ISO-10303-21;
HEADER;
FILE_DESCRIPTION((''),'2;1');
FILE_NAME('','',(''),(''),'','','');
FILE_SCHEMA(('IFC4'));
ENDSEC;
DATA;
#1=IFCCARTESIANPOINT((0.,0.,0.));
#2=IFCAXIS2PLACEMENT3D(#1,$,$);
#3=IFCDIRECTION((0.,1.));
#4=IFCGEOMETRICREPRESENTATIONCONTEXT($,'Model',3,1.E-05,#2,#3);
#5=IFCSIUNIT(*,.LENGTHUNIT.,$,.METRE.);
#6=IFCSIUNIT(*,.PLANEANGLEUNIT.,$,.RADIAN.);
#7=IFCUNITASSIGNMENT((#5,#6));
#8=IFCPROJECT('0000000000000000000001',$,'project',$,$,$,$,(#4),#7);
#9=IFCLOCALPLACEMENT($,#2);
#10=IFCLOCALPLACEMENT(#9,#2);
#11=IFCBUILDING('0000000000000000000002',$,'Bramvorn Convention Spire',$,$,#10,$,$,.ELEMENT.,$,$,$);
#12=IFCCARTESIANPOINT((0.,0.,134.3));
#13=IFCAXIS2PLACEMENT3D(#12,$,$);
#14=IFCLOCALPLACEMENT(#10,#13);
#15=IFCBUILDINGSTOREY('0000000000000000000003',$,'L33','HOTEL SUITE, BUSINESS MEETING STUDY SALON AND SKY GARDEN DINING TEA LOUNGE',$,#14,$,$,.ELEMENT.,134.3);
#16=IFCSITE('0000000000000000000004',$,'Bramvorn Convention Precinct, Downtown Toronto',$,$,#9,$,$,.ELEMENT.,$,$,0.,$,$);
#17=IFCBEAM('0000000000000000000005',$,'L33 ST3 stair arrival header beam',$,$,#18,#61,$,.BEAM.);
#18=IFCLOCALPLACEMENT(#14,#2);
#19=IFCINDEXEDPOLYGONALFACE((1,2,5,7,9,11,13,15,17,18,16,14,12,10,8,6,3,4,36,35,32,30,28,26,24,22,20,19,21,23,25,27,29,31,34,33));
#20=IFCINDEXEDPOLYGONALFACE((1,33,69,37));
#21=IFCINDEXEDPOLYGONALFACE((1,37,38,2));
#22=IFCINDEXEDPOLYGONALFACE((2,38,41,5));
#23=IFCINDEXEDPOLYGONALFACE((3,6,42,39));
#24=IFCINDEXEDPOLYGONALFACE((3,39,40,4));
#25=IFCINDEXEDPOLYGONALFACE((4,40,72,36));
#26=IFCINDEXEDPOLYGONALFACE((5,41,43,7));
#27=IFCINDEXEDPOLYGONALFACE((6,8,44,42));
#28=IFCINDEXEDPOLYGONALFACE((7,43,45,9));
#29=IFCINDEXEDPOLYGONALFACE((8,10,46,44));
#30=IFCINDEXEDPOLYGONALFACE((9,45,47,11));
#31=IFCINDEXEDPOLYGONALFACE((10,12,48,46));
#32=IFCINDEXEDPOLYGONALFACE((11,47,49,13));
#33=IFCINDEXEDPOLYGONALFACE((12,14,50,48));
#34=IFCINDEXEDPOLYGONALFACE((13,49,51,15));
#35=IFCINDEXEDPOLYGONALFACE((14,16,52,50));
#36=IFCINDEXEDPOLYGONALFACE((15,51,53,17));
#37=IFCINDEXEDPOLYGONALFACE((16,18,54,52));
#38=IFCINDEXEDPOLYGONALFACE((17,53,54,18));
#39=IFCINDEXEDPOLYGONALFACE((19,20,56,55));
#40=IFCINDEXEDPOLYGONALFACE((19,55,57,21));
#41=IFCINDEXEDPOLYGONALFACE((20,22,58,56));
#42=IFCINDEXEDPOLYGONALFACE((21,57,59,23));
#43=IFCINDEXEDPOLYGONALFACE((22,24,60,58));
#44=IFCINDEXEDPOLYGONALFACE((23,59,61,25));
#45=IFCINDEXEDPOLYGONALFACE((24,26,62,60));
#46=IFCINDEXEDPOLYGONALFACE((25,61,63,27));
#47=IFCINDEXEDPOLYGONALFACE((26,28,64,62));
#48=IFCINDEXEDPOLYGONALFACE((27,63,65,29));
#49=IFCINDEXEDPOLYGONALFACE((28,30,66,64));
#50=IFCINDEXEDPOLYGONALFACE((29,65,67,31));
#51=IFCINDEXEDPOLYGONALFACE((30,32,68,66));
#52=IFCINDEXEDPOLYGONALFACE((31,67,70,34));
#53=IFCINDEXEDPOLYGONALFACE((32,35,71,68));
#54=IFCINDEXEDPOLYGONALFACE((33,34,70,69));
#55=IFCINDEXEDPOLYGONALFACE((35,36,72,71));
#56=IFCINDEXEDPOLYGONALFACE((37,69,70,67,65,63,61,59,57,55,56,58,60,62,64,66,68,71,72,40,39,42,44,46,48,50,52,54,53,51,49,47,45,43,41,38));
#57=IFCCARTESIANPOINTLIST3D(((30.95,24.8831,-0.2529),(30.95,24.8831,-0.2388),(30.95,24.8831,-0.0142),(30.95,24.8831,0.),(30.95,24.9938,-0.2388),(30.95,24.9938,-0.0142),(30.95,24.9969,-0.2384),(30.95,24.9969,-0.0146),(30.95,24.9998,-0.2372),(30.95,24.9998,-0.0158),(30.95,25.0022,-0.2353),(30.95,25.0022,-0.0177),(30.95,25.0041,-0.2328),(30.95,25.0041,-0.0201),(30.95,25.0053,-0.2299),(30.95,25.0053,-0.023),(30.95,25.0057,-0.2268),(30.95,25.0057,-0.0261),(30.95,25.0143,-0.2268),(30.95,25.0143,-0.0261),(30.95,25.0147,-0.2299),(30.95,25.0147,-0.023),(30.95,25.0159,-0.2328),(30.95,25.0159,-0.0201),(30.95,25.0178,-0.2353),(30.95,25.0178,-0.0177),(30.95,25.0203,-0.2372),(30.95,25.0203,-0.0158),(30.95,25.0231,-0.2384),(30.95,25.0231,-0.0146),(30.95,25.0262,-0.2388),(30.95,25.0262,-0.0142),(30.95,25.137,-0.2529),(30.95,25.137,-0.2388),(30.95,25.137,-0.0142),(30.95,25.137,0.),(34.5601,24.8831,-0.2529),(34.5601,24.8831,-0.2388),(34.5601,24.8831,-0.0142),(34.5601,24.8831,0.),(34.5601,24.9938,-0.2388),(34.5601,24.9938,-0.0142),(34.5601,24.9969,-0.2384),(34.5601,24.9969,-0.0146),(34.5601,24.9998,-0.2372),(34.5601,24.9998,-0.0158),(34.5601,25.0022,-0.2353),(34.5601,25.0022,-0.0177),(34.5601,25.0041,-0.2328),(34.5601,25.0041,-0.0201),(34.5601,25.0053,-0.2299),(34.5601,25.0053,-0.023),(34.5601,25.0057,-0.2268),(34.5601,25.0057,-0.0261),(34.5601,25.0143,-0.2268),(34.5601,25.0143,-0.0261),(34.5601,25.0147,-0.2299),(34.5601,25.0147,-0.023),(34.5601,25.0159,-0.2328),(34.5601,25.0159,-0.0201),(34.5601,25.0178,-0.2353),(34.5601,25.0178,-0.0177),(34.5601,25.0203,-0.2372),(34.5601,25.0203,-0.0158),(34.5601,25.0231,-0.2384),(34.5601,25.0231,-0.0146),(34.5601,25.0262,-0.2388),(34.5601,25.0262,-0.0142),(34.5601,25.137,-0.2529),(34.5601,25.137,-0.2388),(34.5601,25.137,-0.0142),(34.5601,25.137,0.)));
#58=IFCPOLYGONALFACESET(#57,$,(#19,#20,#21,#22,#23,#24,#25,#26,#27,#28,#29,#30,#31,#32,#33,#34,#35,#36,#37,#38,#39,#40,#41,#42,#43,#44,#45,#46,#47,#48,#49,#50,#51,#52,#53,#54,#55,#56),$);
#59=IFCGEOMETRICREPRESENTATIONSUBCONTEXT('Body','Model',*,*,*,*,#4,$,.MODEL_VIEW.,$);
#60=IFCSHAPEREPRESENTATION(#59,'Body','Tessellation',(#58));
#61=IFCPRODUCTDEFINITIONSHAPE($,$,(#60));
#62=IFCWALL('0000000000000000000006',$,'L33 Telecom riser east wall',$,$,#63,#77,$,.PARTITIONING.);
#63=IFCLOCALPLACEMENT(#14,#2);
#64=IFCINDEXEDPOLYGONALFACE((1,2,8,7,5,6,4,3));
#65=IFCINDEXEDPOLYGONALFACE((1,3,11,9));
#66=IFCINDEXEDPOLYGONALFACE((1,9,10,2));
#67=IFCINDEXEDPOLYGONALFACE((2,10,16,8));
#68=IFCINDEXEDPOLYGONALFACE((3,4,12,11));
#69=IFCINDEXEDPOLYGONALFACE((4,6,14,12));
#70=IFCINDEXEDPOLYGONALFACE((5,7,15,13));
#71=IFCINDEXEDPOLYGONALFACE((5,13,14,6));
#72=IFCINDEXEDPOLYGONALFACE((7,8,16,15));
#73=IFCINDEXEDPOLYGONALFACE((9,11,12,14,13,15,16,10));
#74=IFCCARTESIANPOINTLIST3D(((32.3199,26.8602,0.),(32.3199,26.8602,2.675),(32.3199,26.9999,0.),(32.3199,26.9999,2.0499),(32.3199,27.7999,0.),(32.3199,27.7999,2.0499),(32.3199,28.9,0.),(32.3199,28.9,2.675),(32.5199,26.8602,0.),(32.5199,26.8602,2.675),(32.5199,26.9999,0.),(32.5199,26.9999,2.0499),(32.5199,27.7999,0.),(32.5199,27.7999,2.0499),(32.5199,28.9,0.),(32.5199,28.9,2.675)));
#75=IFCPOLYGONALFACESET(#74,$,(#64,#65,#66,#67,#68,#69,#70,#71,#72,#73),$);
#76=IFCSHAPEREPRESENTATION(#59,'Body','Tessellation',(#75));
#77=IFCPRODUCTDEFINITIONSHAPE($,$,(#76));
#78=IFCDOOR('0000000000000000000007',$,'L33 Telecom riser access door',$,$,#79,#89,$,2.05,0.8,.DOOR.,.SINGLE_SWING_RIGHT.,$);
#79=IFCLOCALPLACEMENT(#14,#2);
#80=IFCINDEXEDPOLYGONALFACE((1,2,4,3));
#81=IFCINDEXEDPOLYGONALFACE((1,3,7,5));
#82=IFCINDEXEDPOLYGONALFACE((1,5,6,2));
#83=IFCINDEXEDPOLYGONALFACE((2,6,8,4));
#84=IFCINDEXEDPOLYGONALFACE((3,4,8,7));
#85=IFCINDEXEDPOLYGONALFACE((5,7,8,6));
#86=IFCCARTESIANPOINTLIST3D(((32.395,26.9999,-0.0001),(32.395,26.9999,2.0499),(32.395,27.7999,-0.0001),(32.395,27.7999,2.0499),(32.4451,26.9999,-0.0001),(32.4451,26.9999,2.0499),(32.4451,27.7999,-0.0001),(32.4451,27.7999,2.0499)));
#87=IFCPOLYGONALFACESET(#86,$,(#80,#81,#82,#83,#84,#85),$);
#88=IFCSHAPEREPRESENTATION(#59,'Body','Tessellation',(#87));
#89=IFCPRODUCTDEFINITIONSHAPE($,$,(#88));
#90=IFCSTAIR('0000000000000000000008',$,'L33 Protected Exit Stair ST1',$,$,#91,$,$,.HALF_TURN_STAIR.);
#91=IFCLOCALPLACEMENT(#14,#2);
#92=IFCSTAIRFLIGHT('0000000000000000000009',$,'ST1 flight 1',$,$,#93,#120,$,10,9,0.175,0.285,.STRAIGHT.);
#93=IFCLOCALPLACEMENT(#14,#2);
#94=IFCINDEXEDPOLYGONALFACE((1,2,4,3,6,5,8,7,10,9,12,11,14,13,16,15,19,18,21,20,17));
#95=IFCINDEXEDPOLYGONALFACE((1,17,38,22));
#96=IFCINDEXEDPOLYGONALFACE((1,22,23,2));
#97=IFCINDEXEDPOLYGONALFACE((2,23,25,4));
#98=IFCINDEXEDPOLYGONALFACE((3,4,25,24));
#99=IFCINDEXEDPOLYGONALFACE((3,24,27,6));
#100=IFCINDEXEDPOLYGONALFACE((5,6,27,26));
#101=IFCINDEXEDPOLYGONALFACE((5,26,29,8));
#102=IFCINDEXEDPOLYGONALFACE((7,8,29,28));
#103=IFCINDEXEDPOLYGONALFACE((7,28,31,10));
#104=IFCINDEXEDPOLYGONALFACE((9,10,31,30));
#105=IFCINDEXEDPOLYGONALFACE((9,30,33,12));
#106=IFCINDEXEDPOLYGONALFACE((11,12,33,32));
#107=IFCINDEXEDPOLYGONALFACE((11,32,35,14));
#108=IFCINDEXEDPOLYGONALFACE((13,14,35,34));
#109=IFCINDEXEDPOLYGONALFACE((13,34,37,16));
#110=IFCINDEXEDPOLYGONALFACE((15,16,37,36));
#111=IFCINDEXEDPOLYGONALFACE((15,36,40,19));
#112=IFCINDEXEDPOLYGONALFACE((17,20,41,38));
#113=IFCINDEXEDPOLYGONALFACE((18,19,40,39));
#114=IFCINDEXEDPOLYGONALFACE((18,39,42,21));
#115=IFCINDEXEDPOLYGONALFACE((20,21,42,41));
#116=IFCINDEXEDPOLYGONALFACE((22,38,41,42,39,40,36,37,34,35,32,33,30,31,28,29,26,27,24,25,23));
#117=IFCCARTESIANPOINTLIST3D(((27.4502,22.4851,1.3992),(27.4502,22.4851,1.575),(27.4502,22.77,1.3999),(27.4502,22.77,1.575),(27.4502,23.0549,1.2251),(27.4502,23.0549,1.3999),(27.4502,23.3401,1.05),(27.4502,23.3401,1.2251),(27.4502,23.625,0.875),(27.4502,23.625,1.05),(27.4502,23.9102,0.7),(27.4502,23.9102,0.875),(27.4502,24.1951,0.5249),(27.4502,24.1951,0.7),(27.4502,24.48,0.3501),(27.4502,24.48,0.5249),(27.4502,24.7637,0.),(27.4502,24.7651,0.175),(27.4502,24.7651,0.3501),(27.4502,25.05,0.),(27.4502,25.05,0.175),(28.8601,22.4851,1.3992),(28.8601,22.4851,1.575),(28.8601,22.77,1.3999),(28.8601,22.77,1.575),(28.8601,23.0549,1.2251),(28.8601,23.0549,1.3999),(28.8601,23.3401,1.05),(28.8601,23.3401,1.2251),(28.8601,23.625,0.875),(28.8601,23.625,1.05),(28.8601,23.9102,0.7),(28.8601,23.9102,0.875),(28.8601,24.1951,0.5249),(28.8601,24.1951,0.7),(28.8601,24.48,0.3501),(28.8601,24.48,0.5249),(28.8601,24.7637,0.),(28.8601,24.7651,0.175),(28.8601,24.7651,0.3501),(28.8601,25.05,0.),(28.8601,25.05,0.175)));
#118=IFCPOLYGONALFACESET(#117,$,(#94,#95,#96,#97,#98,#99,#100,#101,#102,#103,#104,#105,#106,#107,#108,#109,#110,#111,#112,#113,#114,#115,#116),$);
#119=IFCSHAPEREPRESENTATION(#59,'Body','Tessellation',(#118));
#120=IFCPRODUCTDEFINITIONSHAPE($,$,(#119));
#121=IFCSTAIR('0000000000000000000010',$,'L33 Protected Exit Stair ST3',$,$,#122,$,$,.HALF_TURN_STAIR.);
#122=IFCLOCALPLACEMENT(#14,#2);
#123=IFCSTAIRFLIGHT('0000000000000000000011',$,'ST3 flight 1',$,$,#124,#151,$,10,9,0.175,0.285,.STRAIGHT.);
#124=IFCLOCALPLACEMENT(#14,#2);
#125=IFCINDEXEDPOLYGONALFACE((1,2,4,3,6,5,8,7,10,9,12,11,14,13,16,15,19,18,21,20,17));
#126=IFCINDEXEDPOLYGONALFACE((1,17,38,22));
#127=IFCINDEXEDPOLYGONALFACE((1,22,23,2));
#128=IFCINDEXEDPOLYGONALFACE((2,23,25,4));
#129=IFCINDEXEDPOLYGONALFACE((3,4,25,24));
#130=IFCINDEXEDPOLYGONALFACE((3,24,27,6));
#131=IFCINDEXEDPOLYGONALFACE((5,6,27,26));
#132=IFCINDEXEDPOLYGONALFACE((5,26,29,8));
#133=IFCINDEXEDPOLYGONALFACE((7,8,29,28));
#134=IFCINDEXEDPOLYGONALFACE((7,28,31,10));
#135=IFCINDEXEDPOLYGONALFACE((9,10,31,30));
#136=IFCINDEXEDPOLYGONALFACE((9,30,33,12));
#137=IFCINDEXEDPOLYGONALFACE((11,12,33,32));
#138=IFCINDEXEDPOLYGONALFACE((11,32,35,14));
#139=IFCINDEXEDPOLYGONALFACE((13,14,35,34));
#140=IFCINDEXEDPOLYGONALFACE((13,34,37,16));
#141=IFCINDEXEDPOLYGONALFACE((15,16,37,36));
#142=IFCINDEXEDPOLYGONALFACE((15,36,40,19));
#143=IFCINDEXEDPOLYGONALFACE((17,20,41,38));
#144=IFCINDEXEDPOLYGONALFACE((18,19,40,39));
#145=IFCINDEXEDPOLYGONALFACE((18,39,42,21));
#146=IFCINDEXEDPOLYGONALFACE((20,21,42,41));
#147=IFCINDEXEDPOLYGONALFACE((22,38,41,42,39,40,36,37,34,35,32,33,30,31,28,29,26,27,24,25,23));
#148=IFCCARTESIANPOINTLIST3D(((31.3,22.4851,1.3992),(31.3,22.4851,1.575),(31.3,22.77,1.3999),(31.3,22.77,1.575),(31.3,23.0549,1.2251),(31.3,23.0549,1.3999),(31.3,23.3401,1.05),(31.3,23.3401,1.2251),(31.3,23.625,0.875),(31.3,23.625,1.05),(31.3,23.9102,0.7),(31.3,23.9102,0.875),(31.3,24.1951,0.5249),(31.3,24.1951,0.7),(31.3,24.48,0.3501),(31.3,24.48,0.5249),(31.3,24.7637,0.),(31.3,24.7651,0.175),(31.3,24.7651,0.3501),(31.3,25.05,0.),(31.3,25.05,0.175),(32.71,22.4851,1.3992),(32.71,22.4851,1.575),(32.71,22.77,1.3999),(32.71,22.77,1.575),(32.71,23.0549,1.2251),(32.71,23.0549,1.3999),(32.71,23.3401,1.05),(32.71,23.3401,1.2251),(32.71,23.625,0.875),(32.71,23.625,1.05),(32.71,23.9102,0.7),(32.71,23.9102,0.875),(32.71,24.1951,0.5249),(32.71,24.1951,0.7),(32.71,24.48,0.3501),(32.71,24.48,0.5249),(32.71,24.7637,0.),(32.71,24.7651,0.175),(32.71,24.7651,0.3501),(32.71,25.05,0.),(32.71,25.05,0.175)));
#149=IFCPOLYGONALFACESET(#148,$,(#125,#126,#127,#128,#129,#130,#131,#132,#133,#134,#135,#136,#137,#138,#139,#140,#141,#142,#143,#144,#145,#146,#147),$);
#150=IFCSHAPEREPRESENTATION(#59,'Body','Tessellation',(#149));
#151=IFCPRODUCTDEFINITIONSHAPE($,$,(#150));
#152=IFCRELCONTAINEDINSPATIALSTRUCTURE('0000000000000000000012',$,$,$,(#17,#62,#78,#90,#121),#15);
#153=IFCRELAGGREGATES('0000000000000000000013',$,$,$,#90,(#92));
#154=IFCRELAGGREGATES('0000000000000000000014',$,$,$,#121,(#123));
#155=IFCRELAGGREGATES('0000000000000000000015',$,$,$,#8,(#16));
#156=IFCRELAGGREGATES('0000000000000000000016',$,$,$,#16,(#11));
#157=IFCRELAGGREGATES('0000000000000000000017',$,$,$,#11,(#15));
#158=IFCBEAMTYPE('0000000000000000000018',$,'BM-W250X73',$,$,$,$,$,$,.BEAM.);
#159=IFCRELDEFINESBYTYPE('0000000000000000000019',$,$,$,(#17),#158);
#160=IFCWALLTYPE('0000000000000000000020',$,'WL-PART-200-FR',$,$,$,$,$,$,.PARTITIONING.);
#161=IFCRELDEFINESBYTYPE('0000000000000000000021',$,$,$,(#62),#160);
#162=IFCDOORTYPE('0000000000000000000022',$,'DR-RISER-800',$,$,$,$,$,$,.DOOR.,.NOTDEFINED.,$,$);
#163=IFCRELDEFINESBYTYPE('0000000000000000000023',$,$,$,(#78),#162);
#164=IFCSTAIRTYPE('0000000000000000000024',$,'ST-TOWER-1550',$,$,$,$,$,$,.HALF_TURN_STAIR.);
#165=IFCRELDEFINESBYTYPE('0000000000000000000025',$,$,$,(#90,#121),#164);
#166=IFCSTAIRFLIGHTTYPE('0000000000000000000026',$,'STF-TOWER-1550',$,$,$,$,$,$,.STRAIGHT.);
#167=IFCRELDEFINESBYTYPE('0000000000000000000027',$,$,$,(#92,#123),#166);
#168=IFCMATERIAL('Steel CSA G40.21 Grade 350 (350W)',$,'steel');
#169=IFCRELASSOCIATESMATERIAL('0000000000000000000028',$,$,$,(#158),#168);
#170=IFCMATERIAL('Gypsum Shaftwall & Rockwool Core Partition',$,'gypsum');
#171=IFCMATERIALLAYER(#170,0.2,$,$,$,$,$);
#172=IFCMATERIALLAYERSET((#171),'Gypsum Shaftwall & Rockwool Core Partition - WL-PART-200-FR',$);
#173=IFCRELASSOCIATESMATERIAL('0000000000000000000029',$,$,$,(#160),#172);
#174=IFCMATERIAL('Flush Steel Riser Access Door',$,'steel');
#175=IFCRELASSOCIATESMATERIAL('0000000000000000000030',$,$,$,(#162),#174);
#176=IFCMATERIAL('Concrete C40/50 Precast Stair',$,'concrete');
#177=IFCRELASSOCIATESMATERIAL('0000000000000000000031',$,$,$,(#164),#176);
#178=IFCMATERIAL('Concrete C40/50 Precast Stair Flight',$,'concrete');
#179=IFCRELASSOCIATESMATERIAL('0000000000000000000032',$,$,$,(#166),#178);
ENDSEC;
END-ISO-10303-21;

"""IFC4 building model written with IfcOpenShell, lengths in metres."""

from ifc_helpers import new_model, si_unit, direction, frame, frame_2d, origin, origin_2d, place, context, subcontext, project, spatial, polyline, rectangle, i_section, outline, extrude, material, layer, layer_set, material_profile, profile_set, type_object, element, fill, aggregate, save


model = new_model("IFC4")

# Units and contexts
model_context = context("Model", 3, precision=1e-05, world=origin(), true_north=direction((0.0, 1.0)))
body_context = subcontext(model_context, "Body", "Model", "MODEL_VIEW")
ifc_project = project(units=[si_unit("LENGTHUNIT", "METRE"), si_unit("PLANEANGLEUNIT", "RADIAN")], contexts=[model_context])

# Site, building, storey
site_placement = place(None, origin())
site = spatial("IfcSite", under=ifc_project, at=site_placement, Name="Bramvorn Convention Precinct, Downtown Toronto", CompositionType="ELEMENT", RefElevation=0.0)
building_placement = place(site_placement, origin())
building = spatial("IfcBuilding", under=site, at=building_placement, Name="Bramvorn Convention Spire", CompositionType="ELEMENT")
storey_placement = place(building_placement, frame((0.0, 0.0, 134.3)))
storey = spatial("IfcBuildingStorey", under=building, at=storey_placement, Name="L33", Description="HOTEL SUITE, BUSINESS MEETING STUDY SALON AND SKY GARDEN DINING TEA LOUNGE", CompositionType="ELEMENT", Elevation=134.3)

# Beam
ifc_material_1 = material(Name="Steel CSA G40.21 Grade 350 (350W)", Category="steel")
ifc_material_profile = material_profile(ifc_material_1, i_section(OverallWidth=0.2539, OverallDepth=0.2529, WebThickness=0.0085, FlangeThickness=0.0142, FilletRadius=0.012, at=origin_2d()))
ifc_profile_set = profile_set([ifc_material_profile], Name="Steel CSA G40.21 Grade 350 (350W) - W250X73")
beam_type = type_object("IfcBeamType", Name="BM-W250X73", PredefinedType="BEAM", material=ifc_profile_set)
beam_placement = place(storey_placement, frame((30.95, 25.01, -0.1265), z_axis=(1.0, 0.0, 0.0), x_axis=(0.0, 1.0, 0.0)))
element("IfcBeam", 1, at=beam_placement, inside=storey, type_object=beam_type, Name="L33 ST3 stair arrival header beam", PredefinedType="BEAM", context=body_context, shape_type="SweptSolid", body=[
    extrude(i_section(OverallWidth=0.2539, OverallDepth=0.2529, WebThickness=0.0085, FlangeThickness=0.0142, FilletRadius=0.012, at=origin_2d()), origin(), (0.0, 0.0, 1.0), 3.6101),
])

# Wall, opening, door
ifc_material_2 = material(Name="Gypsum Shaftwall & Rockwool Core Partition", Category="gypsum")
ifc_layer_1 = layer(ifc_material_2, 0.2)
ifc_layer_set_1 = layer_set([ifc_layer_1], Name="Gypsum Shaftwall & Rockwool Core Partition - WL-PART-200-FR")
wall_type_1 = type_object("IfcWallType", Name="WL-PART-200-FR", PredefinedType="PARTITIONING", material=ifc_layer_set_1)
wall_1_placement = place(storey_placement, frame((32.4199, 26.8601, 0.0), z_axis=(0.0, 0.0, 1.0), x_axis=(0.0, 1.0, 0.0)))
wall_1 = element("IfcWall", 2, at=wall_1_placement, inside=storey, type_object=wall_type_1, Name="L33 Telecom riser east wall", PredefinedType="PARTITIONING", context=body_context, shape_type="SweptSolid", body=[
    extrude(rectangle(XDim=2.0398, YDim=0.2, at=frame_2d((1.02, 0.0))), origin(), (0.0, 0.0, 1.0), 2.675),
])
opening_1_placement = place(wall_1_placement, frame((0.1399, 0.0, 0.0)))
opening_1 = element("IfcOpeningElement", 3, at=opening_1_placement, cuts=wall_1, PredefinedType="OPENING", context=body_context, shape_type="SweptSolid", body=[
    extrude(rectangle(XDim=0.8, YDim=2.05, at=frame_2d((0.3999, 1.0249))), frame((0.0, 0.1099, 0.0), z_axis=(0.0, -1.0, 0.0), x_axis=(1.0, 0.0, 0.0)), (0.0, 0.0, 1.0), 0.22),
])
ifc_material_3 = material(Name="Flush Steel Riser Access Door", Category="steel")
door_type_1 = type_object("IfcDoorType", Name="DR-RISER-800", OperationType="NOTDEFINED", PredefinedType="DOOR", material=ifc_material_3)
door_1_placement = place(opening_1_placement, origin())
door_1 = element("IfcDoor", 4, at=door_1_placement, inside=storey, type_object=door_type_1, Name="L33 Telecom riser access door", OperationType="SINGLE_SWING_RIGHT", OverallHeight=2.05, OverallWidth=0.8, PredefinedType="DOOR", context=body_context, shape_type="SweptSolid", body=[
    extrude(rectangle(XDim=0.8, YDim=2.05, at=frame_2d((0.3999, 1.0249))), frame((0.0, 0.0249, 0.0), z_axis=(0.0, -1.0, 0.0), x_axis=(1.0, 0.0, 0.0)), (0.0, 0.0, 1.0), 0.05),
])
fill(opening_1, door_1)

# Stairs, stair flights
ifc_material_4 = material(Name="Concrete C40/50 Precast Stair", Category="concrete")
stair_type = type_object("IfcStairType", Name="ST-TOWER-1550", PredefinedType="HALF_TURN_STAIR", material=ifc_material_4)
stair_1_placement = place(storey_placement, origin())
stair_1 = element("IfcStair", 5, at=stair_1_placement, inside=storey, type_object=stair_type, Name="L33 Protected Exit Stair ST1", PredefinedType="HALF_TURN_STAIR")
ifc_material_5 = material(Name="Concrete C40/50 Precast Stair Flight", Category="concrete")
stair_flight_type = type_object("IfcStairFlightType", Name="STF-TOWER-1550", PredefinedType="STRAIGHT", material=ifc_material_5)
stair_flight_1_placement = place(storey_placement, frame((28.155, 25.05, 0.0), z_axis=(0.0, 0.0, 1.0), x_axis=(0.0, -1.0, 0.0)))
stair_flight_1 = element("IfcStairFlight", 6, at=stair_flight_1_placement, type_object=stair_flight_type, Name="ST1 flight 1", NumberOfRisers=10, NumberOfTreads=9, PredefinedType="STRAIGHT", RiserHeight=0.175, TreadLength=0.285, context=body_context, shape_type="SweptSolid", body=[
    extrude(outline(polyline([(0.0, 0.0), (0.0, 0.175), (0.2849, 0.175), (0.2849, 0.3501), (0.5701, 0.3501), (0.5701, 0.5249), (0.855, 0.5249), (0.855, 0.7), (1.1399, 0.7), (1.1399, 0.875), (1.425, 0.875), (1.425, 1.05), (1.71, 1.05), (1.71, 1.2251), (1.9951, 1.2251), (1.9951, 1.3999), (2.28, 1.3999), (2.28, 1.575), (2.5649, 1.575), (2.5649, 1.75), (2.5649, 1.3992), (0.2864, 0.0), (0.0, 0.0)])), frame((0.0, 0.7051, 0.0), z_axis=(0.0, -1.0, 0.0), x_axis=(1.0, 0.0, 0.0)), (0.0, 0.0, 1.0), 1.4099),
])
aggregate(stair_1, [stair_flight_1])
stair_2_placement = place(storey_placement, origin())
stair_2 = element("IfcStair", 7, at=stair_2_placement, inside=storey, type_object=stair_type, Name="L33 Protected Exit Stair ST3", PredefinedType="HALF_TURN_STAIR")
stair_flight_2_placement = place(storey_placement, frame((32.0049, 25.05, 0.0), z_axis=(0.0, 0.0, 1.0), x_axis=(0.0, -1.0, 0.0)))
stair_flight_2 = element("IfcStairFlight", 8, at=stair_flight_2_placement, type_object=stair_flight_type, Name="ST3 flight 1", NumberOfRisers=10, NumberOfTreads=9, PredefinedType="STRAIGHT", RiserHeight=0.175, TreadLength=0.285, context=body_context, shape_type="SweptSolid", body=[
    extrude(outline(polyline([(0.0, 0.0), (0.0, 0.175), (0.2849, 0.175), (0.2849, 0.3501), (0.5701, 0.3501), (0.5701, 0.5249), (0.855, 0.5249), (0.855, 0.7), (1.1399, 0.7), (1.1399, 0.875), (1.425, 0.875), (1.425, 1.05), (1.71, 1.05), (1.71, 1.2251), (1.9951, 1.2251), (1.9951, 1.3999), (2.28, 1.3999), (2.28, 1.575), (2.5649, 1.575), (2.5649, 1.75), (2.5649, 1.3992), (0.2864, 0.0), (0.0, 0.0)])), frame((0.0, 0.7051, 0.0), z_axis=(0.0, -1.0, 0.0), x_axis=(1.0, 0.0, 0.0)), (0.0, 0.0, 1.0), 1.4099),
])
aggregate(stair_2, [stair_flight_2])

save(model, "model.ifc")
